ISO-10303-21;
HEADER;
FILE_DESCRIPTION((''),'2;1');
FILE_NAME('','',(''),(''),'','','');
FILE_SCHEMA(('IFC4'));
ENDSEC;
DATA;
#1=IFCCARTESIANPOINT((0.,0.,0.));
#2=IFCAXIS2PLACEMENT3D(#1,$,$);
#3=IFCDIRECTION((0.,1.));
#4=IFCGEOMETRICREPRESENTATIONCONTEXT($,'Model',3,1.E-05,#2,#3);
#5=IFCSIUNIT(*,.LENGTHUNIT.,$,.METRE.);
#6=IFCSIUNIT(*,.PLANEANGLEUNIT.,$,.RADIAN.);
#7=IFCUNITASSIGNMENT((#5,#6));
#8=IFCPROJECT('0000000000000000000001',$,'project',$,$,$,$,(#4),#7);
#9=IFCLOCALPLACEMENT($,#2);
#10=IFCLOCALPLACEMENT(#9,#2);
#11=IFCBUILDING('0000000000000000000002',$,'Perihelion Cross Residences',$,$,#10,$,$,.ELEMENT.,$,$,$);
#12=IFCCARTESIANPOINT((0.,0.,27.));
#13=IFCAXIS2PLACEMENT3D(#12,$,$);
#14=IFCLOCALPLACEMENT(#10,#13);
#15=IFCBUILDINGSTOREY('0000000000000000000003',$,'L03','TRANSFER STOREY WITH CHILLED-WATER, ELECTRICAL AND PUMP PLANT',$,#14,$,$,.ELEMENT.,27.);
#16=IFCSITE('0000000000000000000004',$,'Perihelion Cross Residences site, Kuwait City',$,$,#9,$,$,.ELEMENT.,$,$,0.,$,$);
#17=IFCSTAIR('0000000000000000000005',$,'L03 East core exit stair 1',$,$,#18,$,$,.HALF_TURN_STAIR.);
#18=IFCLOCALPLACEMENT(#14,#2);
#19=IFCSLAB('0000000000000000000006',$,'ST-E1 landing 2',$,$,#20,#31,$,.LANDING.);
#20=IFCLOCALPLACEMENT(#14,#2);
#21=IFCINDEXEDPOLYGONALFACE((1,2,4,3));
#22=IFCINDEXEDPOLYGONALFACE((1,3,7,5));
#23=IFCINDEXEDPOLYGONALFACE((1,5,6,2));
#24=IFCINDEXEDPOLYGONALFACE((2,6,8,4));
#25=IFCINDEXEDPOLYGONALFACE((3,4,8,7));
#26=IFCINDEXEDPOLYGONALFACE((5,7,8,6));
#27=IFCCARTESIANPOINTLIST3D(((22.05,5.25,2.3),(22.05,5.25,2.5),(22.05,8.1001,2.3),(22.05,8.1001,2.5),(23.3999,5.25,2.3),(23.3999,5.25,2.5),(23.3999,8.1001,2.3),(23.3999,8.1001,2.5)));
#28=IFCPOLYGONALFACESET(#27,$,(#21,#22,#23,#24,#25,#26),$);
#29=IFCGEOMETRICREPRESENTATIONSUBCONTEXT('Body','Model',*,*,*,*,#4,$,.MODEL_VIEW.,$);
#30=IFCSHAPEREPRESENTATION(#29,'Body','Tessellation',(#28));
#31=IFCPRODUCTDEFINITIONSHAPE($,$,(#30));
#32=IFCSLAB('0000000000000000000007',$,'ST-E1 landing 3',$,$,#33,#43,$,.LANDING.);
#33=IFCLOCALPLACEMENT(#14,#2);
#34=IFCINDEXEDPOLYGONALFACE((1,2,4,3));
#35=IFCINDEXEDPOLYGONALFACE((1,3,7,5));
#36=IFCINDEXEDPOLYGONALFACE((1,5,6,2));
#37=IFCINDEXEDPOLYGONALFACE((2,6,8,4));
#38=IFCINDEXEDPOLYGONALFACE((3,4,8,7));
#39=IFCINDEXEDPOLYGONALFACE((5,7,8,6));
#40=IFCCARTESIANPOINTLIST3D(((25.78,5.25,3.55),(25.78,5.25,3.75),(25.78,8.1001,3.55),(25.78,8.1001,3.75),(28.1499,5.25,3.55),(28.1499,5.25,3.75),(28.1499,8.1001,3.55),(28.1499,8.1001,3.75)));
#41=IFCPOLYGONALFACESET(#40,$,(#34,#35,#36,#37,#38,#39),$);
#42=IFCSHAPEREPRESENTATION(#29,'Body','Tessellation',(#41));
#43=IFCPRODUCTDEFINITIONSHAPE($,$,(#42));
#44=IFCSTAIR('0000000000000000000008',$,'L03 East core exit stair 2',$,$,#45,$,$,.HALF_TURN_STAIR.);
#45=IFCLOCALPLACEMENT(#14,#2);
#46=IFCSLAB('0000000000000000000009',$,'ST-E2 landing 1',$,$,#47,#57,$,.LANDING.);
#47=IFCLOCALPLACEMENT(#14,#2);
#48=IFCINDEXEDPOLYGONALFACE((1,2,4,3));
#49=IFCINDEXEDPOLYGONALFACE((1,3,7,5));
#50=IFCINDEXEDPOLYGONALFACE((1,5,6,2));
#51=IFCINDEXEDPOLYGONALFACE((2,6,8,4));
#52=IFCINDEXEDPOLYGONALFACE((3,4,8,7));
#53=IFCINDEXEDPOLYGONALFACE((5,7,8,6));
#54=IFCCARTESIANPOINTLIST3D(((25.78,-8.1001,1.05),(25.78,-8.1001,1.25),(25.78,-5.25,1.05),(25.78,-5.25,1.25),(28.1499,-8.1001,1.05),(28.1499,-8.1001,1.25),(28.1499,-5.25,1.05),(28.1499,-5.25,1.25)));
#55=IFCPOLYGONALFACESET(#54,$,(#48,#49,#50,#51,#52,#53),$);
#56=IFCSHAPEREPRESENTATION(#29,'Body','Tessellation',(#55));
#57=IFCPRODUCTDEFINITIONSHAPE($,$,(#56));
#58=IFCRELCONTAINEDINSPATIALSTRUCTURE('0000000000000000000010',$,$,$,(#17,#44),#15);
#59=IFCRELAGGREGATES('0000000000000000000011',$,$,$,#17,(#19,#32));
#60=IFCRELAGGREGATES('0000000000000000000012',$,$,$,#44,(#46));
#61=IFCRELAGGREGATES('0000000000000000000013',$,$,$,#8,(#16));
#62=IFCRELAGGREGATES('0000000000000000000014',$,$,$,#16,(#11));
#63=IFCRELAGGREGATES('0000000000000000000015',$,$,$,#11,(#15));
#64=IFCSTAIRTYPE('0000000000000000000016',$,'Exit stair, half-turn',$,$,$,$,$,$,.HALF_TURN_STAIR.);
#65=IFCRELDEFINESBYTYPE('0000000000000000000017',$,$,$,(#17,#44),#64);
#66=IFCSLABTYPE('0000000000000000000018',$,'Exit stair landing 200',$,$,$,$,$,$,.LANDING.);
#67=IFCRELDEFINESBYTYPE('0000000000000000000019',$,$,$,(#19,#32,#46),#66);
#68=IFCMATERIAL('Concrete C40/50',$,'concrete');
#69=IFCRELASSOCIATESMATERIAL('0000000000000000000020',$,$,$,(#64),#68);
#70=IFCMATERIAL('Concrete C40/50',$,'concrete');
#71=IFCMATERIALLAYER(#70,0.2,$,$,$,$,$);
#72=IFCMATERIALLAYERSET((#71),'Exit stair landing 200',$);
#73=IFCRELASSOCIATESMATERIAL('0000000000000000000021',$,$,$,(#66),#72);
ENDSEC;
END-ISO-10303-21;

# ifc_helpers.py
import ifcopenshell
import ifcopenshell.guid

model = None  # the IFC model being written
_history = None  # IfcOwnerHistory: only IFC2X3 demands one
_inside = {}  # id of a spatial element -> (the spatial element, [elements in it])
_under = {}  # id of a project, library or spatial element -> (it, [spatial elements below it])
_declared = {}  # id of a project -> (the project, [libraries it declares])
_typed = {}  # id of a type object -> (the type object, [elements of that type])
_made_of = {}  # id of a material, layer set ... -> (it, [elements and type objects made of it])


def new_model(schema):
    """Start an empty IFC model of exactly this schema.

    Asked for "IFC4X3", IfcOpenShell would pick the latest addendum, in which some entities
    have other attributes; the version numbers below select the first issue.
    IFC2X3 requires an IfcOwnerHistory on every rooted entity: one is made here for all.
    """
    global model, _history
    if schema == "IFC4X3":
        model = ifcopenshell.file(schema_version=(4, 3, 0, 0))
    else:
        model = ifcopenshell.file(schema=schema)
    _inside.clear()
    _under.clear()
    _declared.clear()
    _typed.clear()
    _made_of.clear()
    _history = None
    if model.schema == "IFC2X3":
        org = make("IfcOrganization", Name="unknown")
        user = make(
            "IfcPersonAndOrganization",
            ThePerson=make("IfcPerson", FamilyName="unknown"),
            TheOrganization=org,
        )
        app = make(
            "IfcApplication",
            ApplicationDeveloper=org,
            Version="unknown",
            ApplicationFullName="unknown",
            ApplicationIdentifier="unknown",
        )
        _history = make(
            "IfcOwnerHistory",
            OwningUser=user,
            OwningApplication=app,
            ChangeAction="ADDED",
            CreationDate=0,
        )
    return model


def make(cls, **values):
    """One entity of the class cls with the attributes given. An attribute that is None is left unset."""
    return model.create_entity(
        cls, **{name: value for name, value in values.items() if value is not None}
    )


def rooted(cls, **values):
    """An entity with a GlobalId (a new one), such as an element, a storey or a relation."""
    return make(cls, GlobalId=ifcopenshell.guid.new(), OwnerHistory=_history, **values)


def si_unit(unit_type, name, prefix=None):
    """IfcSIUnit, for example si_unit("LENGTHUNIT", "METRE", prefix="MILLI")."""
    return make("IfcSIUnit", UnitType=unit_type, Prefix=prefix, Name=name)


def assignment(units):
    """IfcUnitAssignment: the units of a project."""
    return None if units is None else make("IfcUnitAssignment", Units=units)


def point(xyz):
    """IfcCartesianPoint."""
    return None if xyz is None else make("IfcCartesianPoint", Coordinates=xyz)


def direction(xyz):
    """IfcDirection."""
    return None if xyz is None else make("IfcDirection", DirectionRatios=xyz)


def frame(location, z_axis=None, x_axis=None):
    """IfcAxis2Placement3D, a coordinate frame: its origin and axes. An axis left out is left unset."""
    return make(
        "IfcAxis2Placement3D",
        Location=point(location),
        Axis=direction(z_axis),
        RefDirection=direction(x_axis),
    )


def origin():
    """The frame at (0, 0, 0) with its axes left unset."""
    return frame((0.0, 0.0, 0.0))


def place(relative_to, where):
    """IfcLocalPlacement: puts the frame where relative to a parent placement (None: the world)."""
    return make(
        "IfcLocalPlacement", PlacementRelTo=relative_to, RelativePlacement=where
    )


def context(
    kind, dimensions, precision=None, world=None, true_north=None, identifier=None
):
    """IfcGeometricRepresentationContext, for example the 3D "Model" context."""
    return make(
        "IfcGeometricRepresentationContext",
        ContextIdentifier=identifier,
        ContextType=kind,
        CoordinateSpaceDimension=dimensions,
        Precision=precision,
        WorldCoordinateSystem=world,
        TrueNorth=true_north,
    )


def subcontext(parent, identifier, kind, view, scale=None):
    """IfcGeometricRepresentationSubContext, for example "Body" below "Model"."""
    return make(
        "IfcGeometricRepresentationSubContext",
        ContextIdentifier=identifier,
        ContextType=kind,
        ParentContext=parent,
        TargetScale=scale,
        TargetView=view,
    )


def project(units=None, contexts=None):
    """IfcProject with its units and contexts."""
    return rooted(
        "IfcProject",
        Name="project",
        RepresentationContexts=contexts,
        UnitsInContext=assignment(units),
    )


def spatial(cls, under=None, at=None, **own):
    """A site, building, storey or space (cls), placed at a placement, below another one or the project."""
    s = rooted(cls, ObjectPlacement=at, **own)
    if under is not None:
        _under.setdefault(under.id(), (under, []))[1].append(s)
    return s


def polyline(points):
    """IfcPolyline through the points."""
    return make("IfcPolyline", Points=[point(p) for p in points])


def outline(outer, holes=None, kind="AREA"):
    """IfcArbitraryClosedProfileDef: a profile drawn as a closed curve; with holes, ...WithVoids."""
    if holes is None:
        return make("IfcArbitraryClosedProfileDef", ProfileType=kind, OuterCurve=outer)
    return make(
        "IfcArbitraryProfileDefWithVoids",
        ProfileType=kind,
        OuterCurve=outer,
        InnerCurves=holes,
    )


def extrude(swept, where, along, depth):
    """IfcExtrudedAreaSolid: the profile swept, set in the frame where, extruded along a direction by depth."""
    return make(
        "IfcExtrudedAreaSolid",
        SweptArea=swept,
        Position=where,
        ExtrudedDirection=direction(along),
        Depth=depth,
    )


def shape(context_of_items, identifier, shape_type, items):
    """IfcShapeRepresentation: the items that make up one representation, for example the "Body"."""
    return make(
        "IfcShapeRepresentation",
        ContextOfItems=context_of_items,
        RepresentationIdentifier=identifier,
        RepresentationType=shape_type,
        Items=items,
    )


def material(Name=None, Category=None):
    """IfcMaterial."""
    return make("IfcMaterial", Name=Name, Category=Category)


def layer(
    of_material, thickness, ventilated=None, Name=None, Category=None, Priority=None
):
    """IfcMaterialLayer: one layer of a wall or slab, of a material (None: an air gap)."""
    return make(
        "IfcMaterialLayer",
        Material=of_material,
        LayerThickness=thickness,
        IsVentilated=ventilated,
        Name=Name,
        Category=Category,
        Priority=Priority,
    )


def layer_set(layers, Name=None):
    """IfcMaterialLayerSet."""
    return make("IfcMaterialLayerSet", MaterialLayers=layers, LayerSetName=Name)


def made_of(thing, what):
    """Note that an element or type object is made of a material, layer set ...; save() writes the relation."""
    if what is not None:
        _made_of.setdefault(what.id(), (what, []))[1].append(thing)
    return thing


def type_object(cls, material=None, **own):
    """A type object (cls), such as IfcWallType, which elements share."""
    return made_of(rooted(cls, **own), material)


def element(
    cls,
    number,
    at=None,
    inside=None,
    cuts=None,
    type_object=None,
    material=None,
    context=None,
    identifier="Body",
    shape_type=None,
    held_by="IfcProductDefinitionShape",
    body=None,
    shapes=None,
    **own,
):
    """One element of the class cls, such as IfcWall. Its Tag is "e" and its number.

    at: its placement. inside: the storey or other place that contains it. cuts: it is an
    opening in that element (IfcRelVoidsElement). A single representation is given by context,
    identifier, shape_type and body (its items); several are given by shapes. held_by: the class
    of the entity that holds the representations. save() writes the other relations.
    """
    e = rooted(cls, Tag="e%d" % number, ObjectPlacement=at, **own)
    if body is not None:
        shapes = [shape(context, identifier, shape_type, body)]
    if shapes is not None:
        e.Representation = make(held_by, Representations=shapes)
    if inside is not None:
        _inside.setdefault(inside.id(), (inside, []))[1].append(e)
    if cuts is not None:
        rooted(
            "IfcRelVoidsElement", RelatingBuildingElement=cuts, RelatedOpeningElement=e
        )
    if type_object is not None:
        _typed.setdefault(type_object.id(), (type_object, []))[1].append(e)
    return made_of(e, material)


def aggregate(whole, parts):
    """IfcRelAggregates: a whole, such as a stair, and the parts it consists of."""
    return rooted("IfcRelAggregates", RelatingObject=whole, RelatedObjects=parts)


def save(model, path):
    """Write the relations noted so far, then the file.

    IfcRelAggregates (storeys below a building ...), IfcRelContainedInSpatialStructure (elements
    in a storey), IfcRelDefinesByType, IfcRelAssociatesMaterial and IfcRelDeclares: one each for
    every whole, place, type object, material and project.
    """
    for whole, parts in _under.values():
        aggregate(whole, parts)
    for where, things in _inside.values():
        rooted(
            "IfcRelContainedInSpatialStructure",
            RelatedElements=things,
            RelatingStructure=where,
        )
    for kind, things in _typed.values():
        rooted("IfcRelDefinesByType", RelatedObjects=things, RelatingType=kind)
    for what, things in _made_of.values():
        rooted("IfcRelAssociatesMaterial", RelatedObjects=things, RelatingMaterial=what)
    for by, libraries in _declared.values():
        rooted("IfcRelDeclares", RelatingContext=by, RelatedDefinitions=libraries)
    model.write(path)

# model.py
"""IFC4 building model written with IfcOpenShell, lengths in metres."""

from ifc_helpers import new_model, si_unit, direction, frame, origin, place, context, subcontext, project, spatial, polyline, outline, extrude, material, layer, layer_set, type_object, element, aggregate, save


model = new_model("IFC4")

# Units and contexts
model_context = context("Model", 3, precision=1e-05, world=origin(), true_north=direction((0.0, 1.0)))
body_context = subcontext(model_context, "Body", "Model", "MODEL_VIEW")
ifc_project = project(units=[si_unit("LENGTHUNIT", "METRE"), si_unit("PLANEANGLEUNIT", "RADIAN")], contexts=[model_context])

# Site, building, storey
site_placement = place(None, origin())
site = spatial("IfcSite", under=ifc_project, at=site_placement, Name="Perihelion Cross Residences site, Kuwait City", CompositionType="ELEMENT", RefElevation=0.0)
building_placement = place(site_placement, origin())
building = spatial("IfcBuilding", under=site, at=building_placement, Name="Perihelion Cross Residences", CompositionType="ELEMENT")
storey_placement = place(building_placement, frame((0.0, 0.0, 27.0)))
storey = spatial("IfcBuildingStorey", under=building, at=storey_placement, Name="L03", Description="TRANSFER STOREY WITH CHILLED-WATER, ELECTRICAL AND PUMP PLANT", CompositionType="ELEMENT", Elevation=27.0)

# Stair, slabs
ifc_material_1 = material(Name="Concrete C40/50", Category="concrete")
stair_type = type_object("IfcStairType", Name="Exit stair, half-turn", PredefinedType="HALF_TURN_STAIR", material=ifc_material_1)
stair_1_placement = place(storey_placement, origin())
stair_1 = element("IfcStair", 1, at=stair_1_placement, inside=storey, type_object=stair_type, Name="L03 East core exit stair 1", PredefinedType="HALF_TURN_STAIR")
ifc_material_2 = material(Name="Concrete C40/50", Category="concrete")
ifc_layer_1 = layer(ifc_material_2, 0.2)
ifc_layer_set_1 = layer_set([ifc_layer_1], Name="Exit stair landing 200")
slab_type_1 = type_object("IfcSlabType", Name="Exit stair landing 200", PredefinedType="LANDING", material=ifc_layer_set_1)
slab_1_placement = place(storey_placement, frame((0.0, 0.0, 2.3)))
slab_1 = element("IfcSlab", 2, at=slab_1_placement, type_object=slab_type_1, Name="ST-E1 landing 2", PredefinedType="LANDING", context=body_context, shape_type="SweptSolid", body=[
    extrude(outline(polyline([(22.05, 5.25), (23.3999, 5.25), (23.3999, 8.1001), (22.05, 8.1001), (22.05, 5.25)])), origin(), (0.0, 0.0, 1.0), 0.2),
])
slab_2_placement = place(storey_placement, frame((0.0, 0.0, 3.55)))
slab_2 = element("IfcSlab", 3, at=slab_2_placement, type_object=slab_type_1, Name="ST-E1 landing 3", PredefinedType="LANDING", context=body_context, shape_type="SweptSolid", body=[
    extrude(outline(polyline([(25.78, 5.25), (28.1499, 5.25), (28.1499, 8.1001), (25.78, 8.1001), (25.78, 5.25)])), origin(), (0.0, 0.0, 1.0), 0.2),
])
aggregate(stair_1, [slab_1, slab_2])

# Stair, slab
stair_2_placement = place(storey_placement, origin())
stair_2 = element("IfcStair", 4, at=stair_2_placement, inside=storey, type_object=stair_type, Name="L03 East core exit stair 2", PredefinedType="HALF_TURN_STAIR")
slab_3_placement = place(storey_placement, frame((0.0, 0.0, 1.05)))
slab_3 = element("IfcSlab", 5, at=slab_3_placement, type_object=slab_type_1, Name="ST-E2 landing 1", PredefinedType="LANDING", context=body_context, shape_type="SweptSolid", body=[
    extrude(outline(polyline([(25.78, -8.1001), (28.1499, -8.1001), (28.1499, -5.25), (25.78, -5.25), (25.78, -8.1001)])), origin(), (0.0, 0.0, 1.0), 0.2),
])
aggregate(stair_2, [slab_3])

save(model, "model.ifc")
